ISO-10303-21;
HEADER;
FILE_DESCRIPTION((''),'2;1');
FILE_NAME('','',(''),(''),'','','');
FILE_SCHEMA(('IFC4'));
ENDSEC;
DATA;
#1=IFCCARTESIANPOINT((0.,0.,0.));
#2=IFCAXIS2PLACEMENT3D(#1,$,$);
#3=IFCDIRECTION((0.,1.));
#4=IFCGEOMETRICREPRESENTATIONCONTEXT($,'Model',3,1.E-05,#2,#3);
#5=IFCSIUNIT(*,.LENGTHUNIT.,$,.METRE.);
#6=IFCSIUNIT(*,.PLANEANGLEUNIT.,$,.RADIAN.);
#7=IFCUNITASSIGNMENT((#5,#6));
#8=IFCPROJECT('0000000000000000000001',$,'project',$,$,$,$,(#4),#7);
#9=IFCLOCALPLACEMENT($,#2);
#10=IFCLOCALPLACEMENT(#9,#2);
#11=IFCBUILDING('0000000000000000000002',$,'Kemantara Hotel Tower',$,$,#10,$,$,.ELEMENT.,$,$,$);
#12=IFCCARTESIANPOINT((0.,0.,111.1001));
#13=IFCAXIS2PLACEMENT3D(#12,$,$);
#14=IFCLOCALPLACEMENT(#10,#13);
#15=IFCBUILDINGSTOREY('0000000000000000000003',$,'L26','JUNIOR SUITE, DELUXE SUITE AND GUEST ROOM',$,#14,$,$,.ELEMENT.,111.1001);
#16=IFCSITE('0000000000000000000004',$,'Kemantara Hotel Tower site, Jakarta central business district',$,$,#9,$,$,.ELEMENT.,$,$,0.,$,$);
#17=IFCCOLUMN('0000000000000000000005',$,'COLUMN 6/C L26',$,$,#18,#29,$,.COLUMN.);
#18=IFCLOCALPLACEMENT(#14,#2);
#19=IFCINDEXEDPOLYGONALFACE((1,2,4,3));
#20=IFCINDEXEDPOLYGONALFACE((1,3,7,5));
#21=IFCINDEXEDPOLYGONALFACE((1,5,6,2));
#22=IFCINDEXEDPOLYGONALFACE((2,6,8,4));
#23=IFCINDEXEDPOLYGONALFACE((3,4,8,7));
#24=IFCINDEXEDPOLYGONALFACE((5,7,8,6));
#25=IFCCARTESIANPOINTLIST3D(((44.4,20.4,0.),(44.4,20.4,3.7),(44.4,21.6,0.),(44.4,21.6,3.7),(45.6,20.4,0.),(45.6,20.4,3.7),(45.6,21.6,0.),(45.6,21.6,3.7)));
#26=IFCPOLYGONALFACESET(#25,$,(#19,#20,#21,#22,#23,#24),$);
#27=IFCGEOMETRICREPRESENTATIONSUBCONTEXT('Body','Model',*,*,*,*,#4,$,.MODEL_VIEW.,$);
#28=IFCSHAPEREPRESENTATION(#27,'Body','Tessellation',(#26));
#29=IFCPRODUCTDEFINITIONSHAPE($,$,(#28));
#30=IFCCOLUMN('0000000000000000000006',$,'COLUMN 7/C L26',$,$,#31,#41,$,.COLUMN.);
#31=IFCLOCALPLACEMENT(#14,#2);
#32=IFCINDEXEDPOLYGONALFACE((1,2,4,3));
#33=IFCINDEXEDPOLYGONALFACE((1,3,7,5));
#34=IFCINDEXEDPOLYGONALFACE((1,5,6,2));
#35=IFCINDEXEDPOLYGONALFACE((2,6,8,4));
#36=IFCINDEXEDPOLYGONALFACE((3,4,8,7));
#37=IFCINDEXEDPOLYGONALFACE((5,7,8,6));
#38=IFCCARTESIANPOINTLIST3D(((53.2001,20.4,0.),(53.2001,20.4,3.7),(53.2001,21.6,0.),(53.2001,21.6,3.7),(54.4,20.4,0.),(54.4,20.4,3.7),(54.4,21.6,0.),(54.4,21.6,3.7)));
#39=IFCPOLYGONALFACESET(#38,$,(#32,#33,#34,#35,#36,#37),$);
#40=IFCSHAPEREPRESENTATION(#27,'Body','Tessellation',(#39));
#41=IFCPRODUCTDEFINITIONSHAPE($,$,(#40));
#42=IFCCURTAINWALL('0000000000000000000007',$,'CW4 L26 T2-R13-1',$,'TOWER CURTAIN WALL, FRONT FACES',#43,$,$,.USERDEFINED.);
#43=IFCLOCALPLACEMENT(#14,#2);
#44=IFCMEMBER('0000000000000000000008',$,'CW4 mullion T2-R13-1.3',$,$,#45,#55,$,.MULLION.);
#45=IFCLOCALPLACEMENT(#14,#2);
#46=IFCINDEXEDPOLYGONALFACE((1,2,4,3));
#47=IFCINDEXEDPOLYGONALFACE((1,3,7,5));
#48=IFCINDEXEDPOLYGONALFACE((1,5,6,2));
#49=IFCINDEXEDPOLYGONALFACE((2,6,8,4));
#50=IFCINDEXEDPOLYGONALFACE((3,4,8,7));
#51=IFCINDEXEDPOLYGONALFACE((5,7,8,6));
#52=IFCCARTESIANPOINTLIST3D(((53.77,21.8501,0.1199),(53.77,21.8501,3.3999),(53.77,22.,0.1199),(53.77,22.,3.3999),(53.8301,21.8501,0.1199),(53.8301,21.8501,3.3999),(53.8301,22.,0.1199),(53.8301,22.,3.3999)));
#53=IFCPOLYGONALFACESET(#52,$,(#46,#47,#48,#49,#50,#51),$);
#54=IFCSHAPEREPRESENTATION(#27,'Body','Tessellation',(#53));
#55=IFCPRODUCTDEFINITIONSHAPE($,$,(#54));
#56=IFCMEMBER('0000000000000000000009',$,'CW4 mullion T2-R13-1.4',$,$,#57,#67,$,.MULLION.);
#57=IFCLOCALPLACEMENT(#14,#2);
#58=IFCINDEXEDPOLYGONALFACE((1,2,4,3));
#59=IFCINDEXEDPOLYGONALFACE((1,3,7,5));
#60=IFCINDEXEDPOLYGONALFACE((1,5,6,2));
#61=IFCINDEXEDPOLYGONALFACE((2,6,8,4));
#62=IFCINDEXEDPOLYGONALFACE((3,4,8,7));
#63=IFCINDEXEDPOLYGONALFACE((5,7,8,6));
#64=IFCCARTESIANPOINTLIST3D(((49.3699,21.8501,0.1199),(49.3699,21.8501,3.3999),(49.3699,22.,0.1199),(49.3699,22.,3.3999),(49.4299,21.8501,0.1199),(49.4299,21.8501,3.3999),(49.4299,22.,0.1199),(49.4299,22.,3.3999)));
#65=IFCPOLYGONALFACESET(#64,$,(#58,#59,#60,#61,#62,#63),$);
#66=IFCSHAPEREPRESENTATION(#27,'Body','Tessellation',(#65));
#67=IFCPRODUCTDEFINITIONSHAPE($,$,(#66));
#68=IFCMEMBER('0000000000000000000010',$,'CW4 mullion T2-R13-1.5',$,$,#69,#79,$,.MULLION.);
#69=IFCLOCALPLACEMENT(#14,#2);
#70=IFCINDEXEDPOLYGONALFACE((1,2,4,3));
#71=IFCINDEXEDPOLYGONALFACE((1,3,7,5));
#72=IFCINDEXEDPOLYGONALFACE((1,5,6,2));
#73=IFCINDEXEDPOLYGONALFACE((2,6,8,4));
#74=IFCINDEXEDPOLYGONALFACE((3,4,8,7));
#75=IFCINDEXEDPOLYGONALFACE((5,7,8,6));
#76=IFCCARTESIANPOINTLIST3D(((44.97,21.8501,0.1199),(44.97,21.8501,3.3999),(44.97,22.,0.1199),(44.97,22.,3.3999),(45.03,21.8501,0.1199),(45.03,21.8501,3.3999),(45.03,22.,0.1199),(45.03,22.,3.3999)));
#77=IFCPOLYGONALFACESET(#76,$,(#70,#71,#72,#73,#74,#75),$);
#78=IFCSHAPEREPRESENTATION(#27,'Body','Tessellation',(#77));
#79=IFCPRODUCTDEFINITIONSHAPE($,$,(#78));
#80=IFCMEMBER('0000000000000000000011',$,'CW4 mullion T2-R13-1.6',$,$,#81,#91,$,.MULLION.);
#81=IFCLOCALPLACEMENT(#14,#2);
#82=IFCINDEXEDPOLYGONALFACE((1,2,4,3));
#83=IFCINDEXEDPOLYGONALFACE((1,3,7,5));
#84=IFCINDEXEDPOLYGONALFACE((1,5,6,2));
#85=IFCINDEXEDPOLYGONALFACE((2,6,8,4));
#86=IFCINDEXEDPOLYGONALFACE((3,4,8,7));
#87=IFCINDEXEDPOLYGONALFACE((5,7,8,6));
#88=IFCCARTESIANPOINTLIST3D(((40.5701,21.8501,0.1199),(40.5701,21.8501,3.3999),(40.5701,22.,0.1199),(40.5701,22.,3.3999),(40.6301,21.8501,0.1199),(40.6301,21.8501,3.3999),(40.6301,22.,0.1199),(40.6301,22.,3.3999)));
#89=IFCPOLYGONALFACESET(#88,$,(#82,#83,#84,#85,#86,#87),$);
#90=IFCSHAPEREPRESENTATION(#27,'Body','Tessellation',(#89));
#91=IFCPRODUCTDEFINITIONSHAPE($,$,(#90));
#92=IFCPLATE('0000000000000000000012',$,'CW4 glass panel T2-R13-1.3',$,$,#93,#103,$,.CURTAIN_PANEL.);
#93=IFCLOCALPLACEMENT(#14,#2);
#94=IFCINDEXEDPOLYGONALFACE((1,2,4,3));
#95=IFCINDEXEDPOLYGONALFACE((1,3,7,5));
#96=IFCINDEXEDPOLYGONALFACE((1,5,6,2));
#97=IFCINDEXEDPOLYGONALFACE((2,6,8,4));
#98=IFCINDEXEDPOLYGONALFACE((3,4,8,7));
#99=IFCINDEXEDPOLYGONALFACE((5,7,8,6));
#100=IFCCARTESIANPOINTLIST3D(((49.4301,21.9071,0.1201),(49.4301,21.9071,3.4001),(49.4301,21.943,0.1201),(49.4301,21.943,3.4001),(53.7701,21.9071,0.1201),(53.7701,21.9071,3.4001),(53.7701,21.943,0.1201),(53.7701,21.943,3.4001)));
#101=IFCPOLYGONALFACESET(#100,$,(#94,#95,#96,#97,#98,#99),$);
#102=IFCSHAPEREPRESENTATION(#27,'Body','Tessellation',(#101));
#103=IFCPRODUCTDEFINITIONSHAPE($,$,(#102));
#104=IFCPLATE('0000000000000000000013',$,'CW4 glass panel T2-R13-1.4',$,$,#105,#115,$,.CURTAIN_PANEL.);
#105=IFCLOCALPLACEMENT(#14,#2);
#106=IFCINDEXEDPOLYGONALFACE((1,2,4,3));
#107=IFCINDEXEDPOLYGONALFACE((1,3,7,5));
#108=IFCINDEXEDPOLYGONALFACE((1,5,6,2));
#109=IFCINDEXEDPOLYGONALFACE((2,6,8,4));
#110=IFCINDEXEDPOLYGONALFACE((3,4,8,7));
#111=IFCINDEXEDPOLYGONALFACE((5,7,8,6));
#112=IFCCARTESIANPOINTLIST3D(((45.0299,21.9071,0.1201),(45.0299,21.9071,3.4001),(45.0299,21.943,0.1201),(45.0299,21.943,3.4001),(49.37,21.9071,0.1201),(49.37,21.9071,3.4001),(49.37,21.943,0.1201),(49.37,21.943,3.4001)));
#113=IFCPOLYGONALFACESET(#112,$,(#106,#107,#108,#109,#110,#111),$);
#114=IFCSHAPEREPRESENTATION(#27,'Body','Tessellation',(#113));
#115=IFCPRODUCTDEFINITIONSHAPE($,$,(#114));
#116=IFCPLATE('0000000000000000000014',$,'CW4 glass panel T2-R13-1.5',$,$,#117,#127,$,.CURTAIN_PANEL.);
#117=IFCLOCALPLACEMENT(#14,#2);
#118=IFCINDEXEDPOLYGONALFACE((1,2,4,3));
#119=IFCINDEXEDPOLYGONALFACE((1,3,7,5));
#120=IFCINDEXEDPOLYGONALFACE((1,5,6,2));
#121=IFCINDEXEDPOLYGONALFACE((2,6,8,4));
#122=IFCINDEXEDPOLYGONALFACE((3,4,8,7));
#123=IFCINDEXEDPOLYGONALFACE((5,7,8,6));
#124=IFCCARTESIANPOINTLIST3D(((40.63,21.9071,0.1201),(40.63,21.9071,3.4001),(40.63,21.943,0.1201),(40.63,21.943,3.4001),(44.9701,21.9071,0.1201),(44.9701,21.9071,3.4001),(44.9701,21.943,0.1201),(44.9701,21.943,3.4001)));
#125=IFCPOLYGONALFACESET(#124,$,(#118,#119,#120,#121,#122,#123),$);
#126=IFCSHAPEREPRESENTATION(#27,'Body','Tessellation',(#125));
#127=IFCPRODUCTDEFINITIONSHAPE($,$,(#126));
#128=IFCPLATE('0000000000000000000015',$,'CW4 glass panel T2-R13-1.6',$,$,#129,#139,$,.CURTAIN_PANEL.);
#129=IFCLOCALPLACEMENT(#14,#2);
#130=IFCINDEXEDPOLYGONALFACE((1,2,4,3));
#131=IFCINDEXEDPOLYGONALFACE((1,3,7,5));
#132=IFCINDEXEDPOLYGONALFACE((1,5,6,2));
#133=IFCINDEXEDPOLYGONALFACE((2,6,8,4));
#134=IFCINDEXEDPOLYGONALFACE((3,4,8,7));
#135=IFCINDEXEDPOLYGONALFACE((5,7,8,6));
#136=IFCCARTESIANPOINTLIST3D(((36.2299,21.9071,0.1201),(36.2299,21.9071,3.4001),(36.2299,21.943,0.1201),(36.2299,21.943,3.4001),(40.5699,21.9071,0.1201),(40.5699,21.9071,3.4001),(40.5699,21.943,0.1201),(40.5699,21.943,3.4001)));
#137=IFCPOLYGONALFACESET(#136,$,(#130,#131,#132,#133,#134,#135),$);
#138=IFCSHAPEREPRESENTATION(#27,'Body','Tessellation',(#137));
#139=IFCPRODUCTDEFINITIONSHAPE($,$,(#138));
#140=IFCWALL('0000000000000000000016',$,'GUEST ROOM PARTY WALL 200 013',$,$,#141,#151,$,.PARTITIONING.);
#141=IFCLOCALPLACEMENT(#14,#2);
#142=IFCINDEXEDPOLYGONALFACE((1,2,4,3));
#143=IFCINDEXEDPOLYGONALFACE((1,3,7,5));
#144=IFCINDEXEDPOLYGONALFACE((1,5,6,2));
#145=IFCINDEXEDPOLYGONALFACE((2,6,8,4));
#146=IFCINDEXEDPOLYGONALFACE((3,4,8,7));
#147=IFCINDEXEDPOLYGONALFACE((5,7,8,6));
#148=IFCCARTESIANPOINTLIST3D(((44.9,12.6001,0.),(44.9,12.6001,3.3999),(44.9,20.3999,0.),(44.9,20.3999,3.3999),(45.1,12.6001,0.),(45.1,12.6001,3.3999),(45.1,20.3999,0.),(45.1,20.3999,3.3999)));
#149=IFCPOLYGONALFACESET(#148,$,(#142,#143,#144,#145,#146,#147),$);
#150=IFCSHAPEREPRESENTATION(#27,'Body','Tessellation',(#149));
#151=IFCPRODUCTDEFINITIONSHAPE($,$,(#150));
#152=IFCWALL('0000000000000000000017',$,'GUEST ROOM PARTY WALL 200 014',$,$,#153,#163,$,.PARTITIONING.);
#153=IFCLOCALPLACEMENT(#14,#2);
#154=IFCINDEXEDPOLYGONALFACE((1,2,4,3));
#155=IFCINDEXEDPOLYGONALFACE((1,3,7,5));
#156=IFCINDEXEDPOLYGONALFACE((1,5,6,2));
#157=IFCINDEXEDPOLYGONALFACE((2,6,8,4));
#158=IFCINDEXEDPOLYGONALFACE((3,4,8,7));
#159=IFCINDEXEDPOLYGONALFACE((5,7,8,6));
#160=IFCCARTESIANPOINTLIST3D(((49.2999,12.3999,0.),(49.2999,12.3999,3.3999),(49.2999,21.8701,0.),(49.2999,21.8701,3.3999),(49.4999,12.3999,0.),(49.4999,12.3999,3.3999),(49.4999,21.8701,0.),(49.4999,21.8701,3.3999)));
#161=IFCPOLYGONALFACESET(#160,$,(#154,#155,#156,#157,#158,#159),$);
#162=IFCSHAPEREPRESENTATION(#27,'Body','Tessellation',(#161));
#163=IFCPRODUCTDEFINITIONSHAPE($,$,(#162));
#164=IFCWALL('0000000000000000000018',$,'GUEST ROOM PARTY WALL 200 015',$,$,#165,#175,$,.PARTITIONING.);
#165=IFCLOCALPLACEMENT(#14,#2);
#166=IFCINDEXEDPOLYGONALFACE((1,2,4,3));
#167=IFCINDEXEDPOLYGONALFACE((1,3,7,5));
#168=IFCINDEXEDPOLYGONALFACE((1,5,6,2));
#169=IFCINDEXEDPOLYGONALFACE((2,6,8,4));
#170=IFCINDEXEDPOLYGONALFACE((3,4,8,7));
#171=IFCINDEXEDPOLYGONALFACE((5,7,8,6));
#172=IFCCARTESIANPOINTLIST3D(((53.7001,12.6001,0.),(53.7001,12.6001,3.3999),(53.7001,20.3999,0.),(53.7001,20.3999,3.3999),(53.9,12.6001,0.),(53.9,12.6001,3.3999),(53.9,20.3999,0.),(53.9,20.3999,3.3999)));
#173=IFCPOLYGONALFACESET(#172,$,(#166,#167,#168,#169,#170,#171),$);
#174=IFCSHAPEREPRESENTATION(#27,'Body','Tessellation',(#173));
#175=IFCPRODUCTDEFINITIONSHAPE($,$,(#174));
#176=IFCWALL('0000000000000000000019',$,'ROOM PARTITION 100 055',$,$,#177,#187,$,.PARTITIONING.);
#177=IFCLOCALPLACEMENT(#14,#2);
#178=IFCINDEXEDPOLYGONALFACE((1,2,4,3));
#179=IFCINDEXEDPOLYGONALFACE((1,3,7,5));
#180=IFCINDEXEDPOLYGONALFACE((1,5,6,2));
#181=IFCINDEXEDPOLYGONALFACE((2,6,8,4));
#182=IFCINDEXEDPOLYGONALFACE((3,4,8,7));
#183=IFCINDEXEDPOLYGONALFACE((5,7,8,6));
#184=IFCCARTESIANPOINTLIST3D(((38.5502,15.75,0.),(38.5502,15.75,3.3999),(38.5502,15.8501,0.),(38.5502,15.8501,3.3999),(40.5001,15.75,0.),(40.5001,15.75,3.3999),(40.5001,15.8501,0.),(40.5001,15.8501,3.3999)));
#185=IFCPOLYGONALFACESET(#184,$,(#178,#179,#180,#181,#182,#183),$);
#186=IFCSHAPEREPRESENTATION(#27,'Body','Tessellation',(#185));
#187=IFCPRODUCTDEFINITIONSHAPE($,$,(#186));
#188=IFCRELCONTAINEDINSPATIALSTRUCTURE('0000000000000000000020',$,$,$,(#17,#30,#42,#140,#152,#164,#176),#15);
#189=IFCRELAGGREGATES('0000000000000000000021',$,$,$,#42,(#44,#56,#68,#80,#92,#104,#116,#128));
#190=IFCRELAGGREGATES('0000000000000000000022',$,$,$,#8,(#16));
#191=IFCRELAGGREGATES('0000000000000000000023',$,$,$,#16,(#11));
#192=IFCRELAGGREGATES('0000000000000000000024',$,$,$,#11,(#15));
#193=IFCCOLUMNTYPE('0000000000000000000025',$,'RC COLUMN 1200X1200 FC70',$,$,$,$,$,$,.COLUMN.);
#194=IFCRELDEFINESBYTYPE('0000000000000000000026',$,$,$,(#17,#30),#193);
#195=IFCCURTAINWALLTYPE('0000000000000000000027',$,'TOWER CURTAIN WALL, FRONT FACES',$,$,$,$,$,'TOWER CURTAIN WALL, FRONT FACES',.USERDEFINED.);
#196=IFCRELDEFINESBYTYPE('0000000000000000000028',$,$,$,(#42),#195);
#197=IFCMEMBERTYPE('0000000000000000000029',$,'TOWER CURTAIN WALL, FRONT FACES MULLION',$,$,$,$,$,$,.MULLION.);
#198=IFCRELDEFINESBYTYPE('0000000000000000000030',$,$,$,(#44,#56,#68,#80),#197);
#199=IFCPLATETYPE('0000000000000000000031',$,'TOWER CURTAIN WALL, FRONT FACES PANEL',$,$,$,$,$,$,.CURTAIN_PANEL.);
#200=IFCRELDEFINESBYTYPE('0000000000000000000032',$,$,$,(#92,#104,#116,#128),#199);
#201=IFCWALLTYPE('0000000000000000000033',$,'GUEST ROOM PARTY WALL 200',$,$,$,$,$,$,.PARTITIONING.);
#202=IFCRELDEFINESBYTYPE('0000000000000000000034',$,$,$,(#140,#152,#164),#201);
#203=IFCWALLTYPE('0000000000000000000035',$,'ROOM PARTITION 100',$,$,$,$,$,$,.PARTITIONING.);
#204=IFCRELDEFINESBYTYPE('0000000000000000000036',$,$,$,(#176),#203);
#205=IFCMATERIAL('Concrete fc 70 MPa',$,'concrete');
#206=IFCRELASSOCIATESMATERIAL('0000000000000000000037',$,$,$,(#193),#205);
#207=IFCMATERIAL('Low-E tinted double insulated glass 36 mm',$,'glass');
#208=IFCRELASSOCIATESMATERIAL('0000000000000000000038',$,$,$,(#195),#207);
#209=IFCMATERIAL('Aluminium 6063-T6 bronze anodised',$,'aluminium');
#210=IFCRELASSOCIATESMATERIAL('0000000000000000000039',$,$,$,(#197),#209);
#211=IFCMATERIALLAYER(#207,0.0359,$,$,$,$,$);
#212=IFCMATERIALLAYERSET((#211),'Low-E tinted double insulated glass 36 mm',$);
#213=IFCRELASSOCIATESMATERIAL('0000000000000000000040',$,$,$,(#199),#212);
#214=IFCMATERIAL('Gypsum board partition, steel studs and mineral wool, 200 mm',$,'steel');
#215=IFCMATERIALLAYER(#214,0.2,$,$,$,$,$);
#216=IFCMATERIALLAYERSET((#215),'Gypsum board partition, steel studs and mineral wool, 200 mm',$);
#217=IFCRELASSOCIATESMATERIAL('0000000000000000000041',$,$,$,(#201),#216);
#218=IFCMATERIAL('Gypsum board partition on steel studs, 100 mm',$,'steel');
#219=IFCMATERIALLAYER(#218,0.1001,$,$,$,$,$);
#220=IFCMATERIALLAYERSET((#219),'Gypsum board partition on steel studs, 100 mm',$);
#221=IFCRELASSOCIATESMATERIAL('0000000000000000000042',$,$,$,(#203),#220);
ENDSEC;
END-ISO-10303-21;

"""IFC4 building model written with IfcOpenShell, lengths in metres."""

from ifc_helpers import new_model, si_unit, direction, frame, frame_2d, origin, origin_2d, place, context, subcontext, project, spatial, rectangle, extrude, source, transform, mapped, material, layer, layer_set, material_profile, profile_set, type_object, element, aggregate, save


model = new_model("IFC4")

# Units and contexts
model_context = context("Model", 3, precision=1e-05, world=origin(), true_north=direction((0.0, 1.0)))
body_context = subcontext(model_context, "Body", "Model", "MODEL_VIEW")
ifc_project = project(units=[si_unit("LENGTHUNIT", "METRE"), si_unit("PLANEANGLEUNIT", "RADIAN")], contexts=[model_context])

# Site, building, storey
site_placement = place(None, origin())
site = spatial("IfcSite", under=ifc_project, at=site_placement, Name="Kemantara Hotel Tower site, Jakarta central business district", CompositionType="ELEMENT", RefElevation=0.0)
building_placement = place(site_placement, origin())
building = spatial("IfcBuilding", under=site, at=building_placement, Name="Kemantara Hotel Tower", CompositionType="ELEMENT")
storey_placement = place(building_placement, frame((0.0, 0.0, 111.1001)))
storey = spatial("IfcBuildingStorey", under=building, at=storey_placement, Name="L26", Description="JUNIOR SUITE, DELUXE SUITE AND GUEST ROOM", CompositionType="ELEMENT", Elevation=111.1001)

# Columns
ifc_material_1 = material(Name="Concrete fc 70 MPa", Category="concrete")
ifc_material_profile_1 = material_profile(ifc_material_1, rectangle(XDim=1.2, YDim=1.2, at=origin_2d()), Name="RC 1200X1200")
ifc_profile_set_1 = profile_set([ifc_material_profile_1], Name="Concrete fc 70 MPa")
column_type = type_object("IfcColumnType", Name="RC COLUMN 1200X1200 FC70", PredefinedType="COLUMN", material=ifc_profile_set_1)
for number, where, z_axis, x_axis, name in (
    (1, (45.0, 21.0, 0.0), (0.0, 0.0, 1.0), (1.0, 0.0, 0.0), "COLUMN 6/C L26"),
    (2, (53.8, 21.0, 0.0), (0.0, 0.0, 1.0), (1.0, 0.0, 0.0), "COLUMN 7/C L26"),
):
    element("IfcColumn", number, at=place(storey_placement, frame(where, z_axis=z_axis, x_axis=x_axis)), inside=storey, type_object=column_type, Name=name, PredefinedType="COLUMN", context=body_context, shape_type="SweptSolid", body=[
        extrude(rectangle(XDim=1.2, YDim=1.2, at=origin_2d()), origin(), (0.0, 0.0, 1.0), 3.7),
    ])

# Curtain wall, members, plates
ifc_material_2 = material(Name="Low-E tinted double insulated glass 36 mm", Category="glass")
curtain_wall_type = type_object("IfcCurtainWallType", Name="TOWER CURTAIN WALL, FRONT FACES", ElementType="TOWER CURTAIN WALL, FRONT FACES", PredefinedType="USERDEFINED", material=ifc_material_2)
curtain_wall_placement = place(storey_placement, origin())
curtain_wall = element("IfcCurtainWall", 3, at=curtain_wall_placement, inside=storey, type_object=curtain_wall_type, Name="CW4 L26 T2-R13-1", ObjectType="TOWER CURTAIN WALL, FRONT FACES", PredefinedType="USERDEFINED")
ifc_material_3 = material(Name="Aluminium 6063-T6 bronze anodised", Category="aluminium")
ifc_material_profile_2 = material_profile(ifc_material_3, rectangle(XDim=0.1499, YDim=0.0601, at=origin_2d()), Name="TOWER CURTAIN WALL, FRONT FACES MULLION")
ifc_profile_set_2 = profile_set([ifc_material_profile_2], Name="Aluminium 6063-T6 bronze anodised")
member_type = type_object("IfcMemberType", Name="TOWER CURTAIN WALL, FRONT FACES MULLION", PredefinedType="MULLION", material=ifc_profile_set_2)
shared_shape_1 = source(origin(), body_context, "Body", "SweptSolid", [
    extrude(rectangle(XDim=0.1499, YDim=0.0601, at=origin_2d()), origin(), (0.0, 0.0, 1.0), 3.28),
])
member_1_placement = place(storey_placement, frame((53.8, 21.925, 0.1199), z_axis=(0.0, 0.0, 1.0), x_axis=(0.0, -1.0, 0.0)))
member_1 = element("IfcMember", 4, at=member_1_placement, type_object=member_type, Name="CW4 mullion T2-R13-1.3", PredefinedType="MULLION", context=body_context, shape_type="MappedRepresentation", body=[
    mapped(shared_shape_1, transform((0.0, 0.0, 0.0))),
])
member_2_placement = place(storey_placement, frame((49.3999, 21.925, 0.1199), z_axis=(0.0, 0.0, 1.0), x_axis=(0.0, -1.0, 0.0)))
member_2 = element("IfcMember", 5, at=member_2_placement, type_object=member_type, Name="CW4 mullion T2-R13-1.4", PredefinedType="MULLION", context=body_context, shape_type="MappedRepresentation", body=[
    mapped(shared_shape_1, transform((0.0, 0.0, 0.0))),
])
member_3_placement = place(storey_placement, frame((45.0, 21.925, 0.1199), z_axis=(0.0, 0.0, 1.0), x_axis=(0.0, -1.0, 0.0)))
member_3 = element("IfcMember", 6, at=member_3_placement, type_object=member_type, Name="CW4 mullion T2-R13-1.5", PredefinedType="MULLION", context=body_context, shape_type="MappedRepresentation", body=[
    mapped(shared_shape_1, transform((0.0, 0.0, 0.0))),
])
member_4_placement = place(storey_placement, frame((40.6001, 21.925, 0.1199), z_axis=(0.0, 0.0, 1.0), x_axis=(0.0, -1.0, 0.0)))
member_4 = element("IfcMember", 7, at=member_4_placement, type_object=member_type, Name="CW4 mullion T2-R13-1.6", PredefinedType="MULLION", context=body_context, shape_type="MappedRepresentation", body=[
    mapped(shared_shape_1, transform((0.0, 0.0, 0.0))),
])
ifc_layer_1 = layer(ifc_material_2, 0.0359)
ifc_layer_set_1 = layer_set([ifc_layer_1], Name="Low-E tinted double insulated glass 36 mm")
plate_type = type_object("IfcPlateType", Name="TOWER CURTAIN WALL, FRONT FACES PANEL", PredefinedType="CURTAIN_PANEL", material=ifc_layer_set_1)
shared_shape_2 = source(origin(), body_context, "Body", "SweptSolid", [
    extrude(rectangle(XDim=4.3401, YDim=0.0359, at=origin_2d()), origin(), (0.0, 0.0, 1.0), 3.28),
])
plate_1_placement = place(storey_placement, frame((51.6001, 21.925, 0.1201), z_axis=(0.0, 0.0, 1.0), x_axis=(-1.0, 0.0, 0.0)))
plate_1 = element("IfcPlate", 8, at=plate_1_placement, type_object=plate_type, Name="CW4 glass panel T2-R13-1.3", PredefinedType="CURTAIN_PANEL", context=body_context, shape_type="MappedRepresentation", body=[
    mapped(shared_shape_2, transform((0.0, 0.0, 0.0))),
])
plate_2_placement = place(storey_placement, frame((47.2, 21.925, 0.1201), z_axis=(0.0, 0.0, 1.0), x_axis=(-1.0, 0.0, 0.0)))
plate_2 = element("IfcPlate", 9, at=plate_2_placement, type_object=plate_type, Name="CW4 glass panel T2-R13-1.4", PredefinedType="CURTAIN_PANEL", context=body_context, shape_type="MappedRepresentation", body=[
    mapped(shared_shape_2, transform((0.0, 0.0, 0.0))),
])
plate_3_placement = place(storey_placement, frame((42.8, 21.925, 0.1201), z_axis=(0.0, 0.0, 1.0), x_axis=(-1.0, 0.0, 0.0)))
plate_3 = element("IfcPlate", 10, at=plate_3_placement, type_object=plate_type, Name="CW4 glass panel T2-R13-1.5", PredefinedType="CURTAIN_PANEL", context=body_context, shape_type="MappedRepresentation", body=[
    mapped(shared_shape_2, transform((0.0, 0.0, 0.0))),
])
plate_4_placement = place(storey_placement, frame((38.3999, 21.925, 0.1201), z_axis=(0.0, 0.0, 1.0), x_axis=(-1.0, 0.0, 0.0)))
plate_4 = element("IfcPlate", 11, at=plate_4_placement, type_object=plate_type, Name="CW4 glass panel T2-R13-1.6", PredefinedType="CURTAIN_PANEL", context=body_context, shape_type="MappedRepresentation", body=[
    mapped(shared_shape_2, transform((0.0, 0.0, 0.0))),
])
aggregate(curtain_wall, [member_1, member_2, member_3, member_4, plate_1, plate_2, plate_3, plate_4])

# Walls
ifc_material_4 = material(Name="Gypsum board partition, steel studs and mineral wool, 200 mm", Category="steel")
ifc_layer_2 = layer(ifc_material_4, 0.2)
ifc_layer_set_2 = layer_set([ifc_layer_2], Name="Gypsum board partition, steel studs and mineral wool, 200 mm")
wall_type_1 = type_object("IfcWallType", Name="GUEST ROOM PARTY WALL 200", PredefinedType="PARTITIONING", material=ifc_layer_set_2)
wall_1_placement = place(storey_placement, frame((45.0, 12.6001, 0.0), z_axis=(0.0, 0.0, 1.0), x_axis=(0.0, 1.0, 0.0)))
element("IfcWall", 12, at=wall_1_placement, inside=storey, type_object=wall_type_1, Name="GUEST ROOM PARTY WALL 200 013", PredefinedType="PARTITIONING", context=body_context, shape_type="SweptSolid", body=[
    extrude(rectangle(XDim=7.7998, YDim=0.2, at=frame_2d((3.8999, 0.0))), origin(), (0.0, 0.0, 1.0), 3.3999),
])
wall_2_placement = place(storey_placement, frame((49.3999, 12.3999, 0.0), z_axis=(0.0, 0.0, 1.0), x_axis=(0.0, 1.0, 0.0)))
element("IfcWall", 13, at=wall_2_placement, inside=storey, type_object=wall_type_1, Name="GUEST ROOM PARTY WALL 200 014", PredefinedType="PARTITIONING", context=body_context, shape_type="SweptSolid", body=[
    extrude(rectangle(XDim=9.4702, YDim=0.2, at=frame_2d((4.7351, 0.0))), origin(), (0.0, 0.0, 1.0), 3.3999),
])
wall_3_placement = place(storey_placement, frame((53.8, 12.6001, 0.0), z_axis=(0.0, 0.0, 1.0), x_axis=(0.0, 1.0, 0.0)))
element("IfcWall", 14, at=wall_3_placement, inside=storey, type_object=wall_type_1, Name="GUEST ROOM PARTY WALL 200 015", PredefinedType="PARTITIONING", context=body_context, shape_type="SweptSolid", body=[
    extrude(rectangle(XDim=7.7998, YDim=0.2, at=frame_2d((3.8999, 0.0))), origin(), (0.0, 0.0, 1.0), 3.3999),
])
ifc_material_5 = material(Name="Gypsum board partition on steel studs, 100 mm", Category="steel")
ifc_layer_3 = layer(ifc_material_5, 0.1001)
ifc_layer_set_3 = layer_set([ifc_layer_3], Name="Gypsum board partition on steel studs, 100 mm")
wall_type_2 = type_object("IfcWallType", Name="ROOM PARTITION 100", PredefinedType="PARTITIONING", material=ifc_layer_set_3)
wall_4_placement = place(storey_placement, frame((38.55, 15.8, 0.0), z_axis=(0.0, 0.0, 1.0), x_axis=(1.0, 0.0, 0.0)))
element("IfcWall", 15, at=wall_4_placement, inside=storey, type_object=wall_type_2, Name="ROOM PARTITION 100 055", PredefinedType="PARTITIONING", context=body_context, shape_type="SweptSolid", body=[
    extrude(rectangle(XDim=1.95, YDim=0.1001, at=frame_2d((0.9751, 0.0))), origin(), (0.0, 0.0, 1.0), 3.3999),
])

save(model, "model.ifc")
